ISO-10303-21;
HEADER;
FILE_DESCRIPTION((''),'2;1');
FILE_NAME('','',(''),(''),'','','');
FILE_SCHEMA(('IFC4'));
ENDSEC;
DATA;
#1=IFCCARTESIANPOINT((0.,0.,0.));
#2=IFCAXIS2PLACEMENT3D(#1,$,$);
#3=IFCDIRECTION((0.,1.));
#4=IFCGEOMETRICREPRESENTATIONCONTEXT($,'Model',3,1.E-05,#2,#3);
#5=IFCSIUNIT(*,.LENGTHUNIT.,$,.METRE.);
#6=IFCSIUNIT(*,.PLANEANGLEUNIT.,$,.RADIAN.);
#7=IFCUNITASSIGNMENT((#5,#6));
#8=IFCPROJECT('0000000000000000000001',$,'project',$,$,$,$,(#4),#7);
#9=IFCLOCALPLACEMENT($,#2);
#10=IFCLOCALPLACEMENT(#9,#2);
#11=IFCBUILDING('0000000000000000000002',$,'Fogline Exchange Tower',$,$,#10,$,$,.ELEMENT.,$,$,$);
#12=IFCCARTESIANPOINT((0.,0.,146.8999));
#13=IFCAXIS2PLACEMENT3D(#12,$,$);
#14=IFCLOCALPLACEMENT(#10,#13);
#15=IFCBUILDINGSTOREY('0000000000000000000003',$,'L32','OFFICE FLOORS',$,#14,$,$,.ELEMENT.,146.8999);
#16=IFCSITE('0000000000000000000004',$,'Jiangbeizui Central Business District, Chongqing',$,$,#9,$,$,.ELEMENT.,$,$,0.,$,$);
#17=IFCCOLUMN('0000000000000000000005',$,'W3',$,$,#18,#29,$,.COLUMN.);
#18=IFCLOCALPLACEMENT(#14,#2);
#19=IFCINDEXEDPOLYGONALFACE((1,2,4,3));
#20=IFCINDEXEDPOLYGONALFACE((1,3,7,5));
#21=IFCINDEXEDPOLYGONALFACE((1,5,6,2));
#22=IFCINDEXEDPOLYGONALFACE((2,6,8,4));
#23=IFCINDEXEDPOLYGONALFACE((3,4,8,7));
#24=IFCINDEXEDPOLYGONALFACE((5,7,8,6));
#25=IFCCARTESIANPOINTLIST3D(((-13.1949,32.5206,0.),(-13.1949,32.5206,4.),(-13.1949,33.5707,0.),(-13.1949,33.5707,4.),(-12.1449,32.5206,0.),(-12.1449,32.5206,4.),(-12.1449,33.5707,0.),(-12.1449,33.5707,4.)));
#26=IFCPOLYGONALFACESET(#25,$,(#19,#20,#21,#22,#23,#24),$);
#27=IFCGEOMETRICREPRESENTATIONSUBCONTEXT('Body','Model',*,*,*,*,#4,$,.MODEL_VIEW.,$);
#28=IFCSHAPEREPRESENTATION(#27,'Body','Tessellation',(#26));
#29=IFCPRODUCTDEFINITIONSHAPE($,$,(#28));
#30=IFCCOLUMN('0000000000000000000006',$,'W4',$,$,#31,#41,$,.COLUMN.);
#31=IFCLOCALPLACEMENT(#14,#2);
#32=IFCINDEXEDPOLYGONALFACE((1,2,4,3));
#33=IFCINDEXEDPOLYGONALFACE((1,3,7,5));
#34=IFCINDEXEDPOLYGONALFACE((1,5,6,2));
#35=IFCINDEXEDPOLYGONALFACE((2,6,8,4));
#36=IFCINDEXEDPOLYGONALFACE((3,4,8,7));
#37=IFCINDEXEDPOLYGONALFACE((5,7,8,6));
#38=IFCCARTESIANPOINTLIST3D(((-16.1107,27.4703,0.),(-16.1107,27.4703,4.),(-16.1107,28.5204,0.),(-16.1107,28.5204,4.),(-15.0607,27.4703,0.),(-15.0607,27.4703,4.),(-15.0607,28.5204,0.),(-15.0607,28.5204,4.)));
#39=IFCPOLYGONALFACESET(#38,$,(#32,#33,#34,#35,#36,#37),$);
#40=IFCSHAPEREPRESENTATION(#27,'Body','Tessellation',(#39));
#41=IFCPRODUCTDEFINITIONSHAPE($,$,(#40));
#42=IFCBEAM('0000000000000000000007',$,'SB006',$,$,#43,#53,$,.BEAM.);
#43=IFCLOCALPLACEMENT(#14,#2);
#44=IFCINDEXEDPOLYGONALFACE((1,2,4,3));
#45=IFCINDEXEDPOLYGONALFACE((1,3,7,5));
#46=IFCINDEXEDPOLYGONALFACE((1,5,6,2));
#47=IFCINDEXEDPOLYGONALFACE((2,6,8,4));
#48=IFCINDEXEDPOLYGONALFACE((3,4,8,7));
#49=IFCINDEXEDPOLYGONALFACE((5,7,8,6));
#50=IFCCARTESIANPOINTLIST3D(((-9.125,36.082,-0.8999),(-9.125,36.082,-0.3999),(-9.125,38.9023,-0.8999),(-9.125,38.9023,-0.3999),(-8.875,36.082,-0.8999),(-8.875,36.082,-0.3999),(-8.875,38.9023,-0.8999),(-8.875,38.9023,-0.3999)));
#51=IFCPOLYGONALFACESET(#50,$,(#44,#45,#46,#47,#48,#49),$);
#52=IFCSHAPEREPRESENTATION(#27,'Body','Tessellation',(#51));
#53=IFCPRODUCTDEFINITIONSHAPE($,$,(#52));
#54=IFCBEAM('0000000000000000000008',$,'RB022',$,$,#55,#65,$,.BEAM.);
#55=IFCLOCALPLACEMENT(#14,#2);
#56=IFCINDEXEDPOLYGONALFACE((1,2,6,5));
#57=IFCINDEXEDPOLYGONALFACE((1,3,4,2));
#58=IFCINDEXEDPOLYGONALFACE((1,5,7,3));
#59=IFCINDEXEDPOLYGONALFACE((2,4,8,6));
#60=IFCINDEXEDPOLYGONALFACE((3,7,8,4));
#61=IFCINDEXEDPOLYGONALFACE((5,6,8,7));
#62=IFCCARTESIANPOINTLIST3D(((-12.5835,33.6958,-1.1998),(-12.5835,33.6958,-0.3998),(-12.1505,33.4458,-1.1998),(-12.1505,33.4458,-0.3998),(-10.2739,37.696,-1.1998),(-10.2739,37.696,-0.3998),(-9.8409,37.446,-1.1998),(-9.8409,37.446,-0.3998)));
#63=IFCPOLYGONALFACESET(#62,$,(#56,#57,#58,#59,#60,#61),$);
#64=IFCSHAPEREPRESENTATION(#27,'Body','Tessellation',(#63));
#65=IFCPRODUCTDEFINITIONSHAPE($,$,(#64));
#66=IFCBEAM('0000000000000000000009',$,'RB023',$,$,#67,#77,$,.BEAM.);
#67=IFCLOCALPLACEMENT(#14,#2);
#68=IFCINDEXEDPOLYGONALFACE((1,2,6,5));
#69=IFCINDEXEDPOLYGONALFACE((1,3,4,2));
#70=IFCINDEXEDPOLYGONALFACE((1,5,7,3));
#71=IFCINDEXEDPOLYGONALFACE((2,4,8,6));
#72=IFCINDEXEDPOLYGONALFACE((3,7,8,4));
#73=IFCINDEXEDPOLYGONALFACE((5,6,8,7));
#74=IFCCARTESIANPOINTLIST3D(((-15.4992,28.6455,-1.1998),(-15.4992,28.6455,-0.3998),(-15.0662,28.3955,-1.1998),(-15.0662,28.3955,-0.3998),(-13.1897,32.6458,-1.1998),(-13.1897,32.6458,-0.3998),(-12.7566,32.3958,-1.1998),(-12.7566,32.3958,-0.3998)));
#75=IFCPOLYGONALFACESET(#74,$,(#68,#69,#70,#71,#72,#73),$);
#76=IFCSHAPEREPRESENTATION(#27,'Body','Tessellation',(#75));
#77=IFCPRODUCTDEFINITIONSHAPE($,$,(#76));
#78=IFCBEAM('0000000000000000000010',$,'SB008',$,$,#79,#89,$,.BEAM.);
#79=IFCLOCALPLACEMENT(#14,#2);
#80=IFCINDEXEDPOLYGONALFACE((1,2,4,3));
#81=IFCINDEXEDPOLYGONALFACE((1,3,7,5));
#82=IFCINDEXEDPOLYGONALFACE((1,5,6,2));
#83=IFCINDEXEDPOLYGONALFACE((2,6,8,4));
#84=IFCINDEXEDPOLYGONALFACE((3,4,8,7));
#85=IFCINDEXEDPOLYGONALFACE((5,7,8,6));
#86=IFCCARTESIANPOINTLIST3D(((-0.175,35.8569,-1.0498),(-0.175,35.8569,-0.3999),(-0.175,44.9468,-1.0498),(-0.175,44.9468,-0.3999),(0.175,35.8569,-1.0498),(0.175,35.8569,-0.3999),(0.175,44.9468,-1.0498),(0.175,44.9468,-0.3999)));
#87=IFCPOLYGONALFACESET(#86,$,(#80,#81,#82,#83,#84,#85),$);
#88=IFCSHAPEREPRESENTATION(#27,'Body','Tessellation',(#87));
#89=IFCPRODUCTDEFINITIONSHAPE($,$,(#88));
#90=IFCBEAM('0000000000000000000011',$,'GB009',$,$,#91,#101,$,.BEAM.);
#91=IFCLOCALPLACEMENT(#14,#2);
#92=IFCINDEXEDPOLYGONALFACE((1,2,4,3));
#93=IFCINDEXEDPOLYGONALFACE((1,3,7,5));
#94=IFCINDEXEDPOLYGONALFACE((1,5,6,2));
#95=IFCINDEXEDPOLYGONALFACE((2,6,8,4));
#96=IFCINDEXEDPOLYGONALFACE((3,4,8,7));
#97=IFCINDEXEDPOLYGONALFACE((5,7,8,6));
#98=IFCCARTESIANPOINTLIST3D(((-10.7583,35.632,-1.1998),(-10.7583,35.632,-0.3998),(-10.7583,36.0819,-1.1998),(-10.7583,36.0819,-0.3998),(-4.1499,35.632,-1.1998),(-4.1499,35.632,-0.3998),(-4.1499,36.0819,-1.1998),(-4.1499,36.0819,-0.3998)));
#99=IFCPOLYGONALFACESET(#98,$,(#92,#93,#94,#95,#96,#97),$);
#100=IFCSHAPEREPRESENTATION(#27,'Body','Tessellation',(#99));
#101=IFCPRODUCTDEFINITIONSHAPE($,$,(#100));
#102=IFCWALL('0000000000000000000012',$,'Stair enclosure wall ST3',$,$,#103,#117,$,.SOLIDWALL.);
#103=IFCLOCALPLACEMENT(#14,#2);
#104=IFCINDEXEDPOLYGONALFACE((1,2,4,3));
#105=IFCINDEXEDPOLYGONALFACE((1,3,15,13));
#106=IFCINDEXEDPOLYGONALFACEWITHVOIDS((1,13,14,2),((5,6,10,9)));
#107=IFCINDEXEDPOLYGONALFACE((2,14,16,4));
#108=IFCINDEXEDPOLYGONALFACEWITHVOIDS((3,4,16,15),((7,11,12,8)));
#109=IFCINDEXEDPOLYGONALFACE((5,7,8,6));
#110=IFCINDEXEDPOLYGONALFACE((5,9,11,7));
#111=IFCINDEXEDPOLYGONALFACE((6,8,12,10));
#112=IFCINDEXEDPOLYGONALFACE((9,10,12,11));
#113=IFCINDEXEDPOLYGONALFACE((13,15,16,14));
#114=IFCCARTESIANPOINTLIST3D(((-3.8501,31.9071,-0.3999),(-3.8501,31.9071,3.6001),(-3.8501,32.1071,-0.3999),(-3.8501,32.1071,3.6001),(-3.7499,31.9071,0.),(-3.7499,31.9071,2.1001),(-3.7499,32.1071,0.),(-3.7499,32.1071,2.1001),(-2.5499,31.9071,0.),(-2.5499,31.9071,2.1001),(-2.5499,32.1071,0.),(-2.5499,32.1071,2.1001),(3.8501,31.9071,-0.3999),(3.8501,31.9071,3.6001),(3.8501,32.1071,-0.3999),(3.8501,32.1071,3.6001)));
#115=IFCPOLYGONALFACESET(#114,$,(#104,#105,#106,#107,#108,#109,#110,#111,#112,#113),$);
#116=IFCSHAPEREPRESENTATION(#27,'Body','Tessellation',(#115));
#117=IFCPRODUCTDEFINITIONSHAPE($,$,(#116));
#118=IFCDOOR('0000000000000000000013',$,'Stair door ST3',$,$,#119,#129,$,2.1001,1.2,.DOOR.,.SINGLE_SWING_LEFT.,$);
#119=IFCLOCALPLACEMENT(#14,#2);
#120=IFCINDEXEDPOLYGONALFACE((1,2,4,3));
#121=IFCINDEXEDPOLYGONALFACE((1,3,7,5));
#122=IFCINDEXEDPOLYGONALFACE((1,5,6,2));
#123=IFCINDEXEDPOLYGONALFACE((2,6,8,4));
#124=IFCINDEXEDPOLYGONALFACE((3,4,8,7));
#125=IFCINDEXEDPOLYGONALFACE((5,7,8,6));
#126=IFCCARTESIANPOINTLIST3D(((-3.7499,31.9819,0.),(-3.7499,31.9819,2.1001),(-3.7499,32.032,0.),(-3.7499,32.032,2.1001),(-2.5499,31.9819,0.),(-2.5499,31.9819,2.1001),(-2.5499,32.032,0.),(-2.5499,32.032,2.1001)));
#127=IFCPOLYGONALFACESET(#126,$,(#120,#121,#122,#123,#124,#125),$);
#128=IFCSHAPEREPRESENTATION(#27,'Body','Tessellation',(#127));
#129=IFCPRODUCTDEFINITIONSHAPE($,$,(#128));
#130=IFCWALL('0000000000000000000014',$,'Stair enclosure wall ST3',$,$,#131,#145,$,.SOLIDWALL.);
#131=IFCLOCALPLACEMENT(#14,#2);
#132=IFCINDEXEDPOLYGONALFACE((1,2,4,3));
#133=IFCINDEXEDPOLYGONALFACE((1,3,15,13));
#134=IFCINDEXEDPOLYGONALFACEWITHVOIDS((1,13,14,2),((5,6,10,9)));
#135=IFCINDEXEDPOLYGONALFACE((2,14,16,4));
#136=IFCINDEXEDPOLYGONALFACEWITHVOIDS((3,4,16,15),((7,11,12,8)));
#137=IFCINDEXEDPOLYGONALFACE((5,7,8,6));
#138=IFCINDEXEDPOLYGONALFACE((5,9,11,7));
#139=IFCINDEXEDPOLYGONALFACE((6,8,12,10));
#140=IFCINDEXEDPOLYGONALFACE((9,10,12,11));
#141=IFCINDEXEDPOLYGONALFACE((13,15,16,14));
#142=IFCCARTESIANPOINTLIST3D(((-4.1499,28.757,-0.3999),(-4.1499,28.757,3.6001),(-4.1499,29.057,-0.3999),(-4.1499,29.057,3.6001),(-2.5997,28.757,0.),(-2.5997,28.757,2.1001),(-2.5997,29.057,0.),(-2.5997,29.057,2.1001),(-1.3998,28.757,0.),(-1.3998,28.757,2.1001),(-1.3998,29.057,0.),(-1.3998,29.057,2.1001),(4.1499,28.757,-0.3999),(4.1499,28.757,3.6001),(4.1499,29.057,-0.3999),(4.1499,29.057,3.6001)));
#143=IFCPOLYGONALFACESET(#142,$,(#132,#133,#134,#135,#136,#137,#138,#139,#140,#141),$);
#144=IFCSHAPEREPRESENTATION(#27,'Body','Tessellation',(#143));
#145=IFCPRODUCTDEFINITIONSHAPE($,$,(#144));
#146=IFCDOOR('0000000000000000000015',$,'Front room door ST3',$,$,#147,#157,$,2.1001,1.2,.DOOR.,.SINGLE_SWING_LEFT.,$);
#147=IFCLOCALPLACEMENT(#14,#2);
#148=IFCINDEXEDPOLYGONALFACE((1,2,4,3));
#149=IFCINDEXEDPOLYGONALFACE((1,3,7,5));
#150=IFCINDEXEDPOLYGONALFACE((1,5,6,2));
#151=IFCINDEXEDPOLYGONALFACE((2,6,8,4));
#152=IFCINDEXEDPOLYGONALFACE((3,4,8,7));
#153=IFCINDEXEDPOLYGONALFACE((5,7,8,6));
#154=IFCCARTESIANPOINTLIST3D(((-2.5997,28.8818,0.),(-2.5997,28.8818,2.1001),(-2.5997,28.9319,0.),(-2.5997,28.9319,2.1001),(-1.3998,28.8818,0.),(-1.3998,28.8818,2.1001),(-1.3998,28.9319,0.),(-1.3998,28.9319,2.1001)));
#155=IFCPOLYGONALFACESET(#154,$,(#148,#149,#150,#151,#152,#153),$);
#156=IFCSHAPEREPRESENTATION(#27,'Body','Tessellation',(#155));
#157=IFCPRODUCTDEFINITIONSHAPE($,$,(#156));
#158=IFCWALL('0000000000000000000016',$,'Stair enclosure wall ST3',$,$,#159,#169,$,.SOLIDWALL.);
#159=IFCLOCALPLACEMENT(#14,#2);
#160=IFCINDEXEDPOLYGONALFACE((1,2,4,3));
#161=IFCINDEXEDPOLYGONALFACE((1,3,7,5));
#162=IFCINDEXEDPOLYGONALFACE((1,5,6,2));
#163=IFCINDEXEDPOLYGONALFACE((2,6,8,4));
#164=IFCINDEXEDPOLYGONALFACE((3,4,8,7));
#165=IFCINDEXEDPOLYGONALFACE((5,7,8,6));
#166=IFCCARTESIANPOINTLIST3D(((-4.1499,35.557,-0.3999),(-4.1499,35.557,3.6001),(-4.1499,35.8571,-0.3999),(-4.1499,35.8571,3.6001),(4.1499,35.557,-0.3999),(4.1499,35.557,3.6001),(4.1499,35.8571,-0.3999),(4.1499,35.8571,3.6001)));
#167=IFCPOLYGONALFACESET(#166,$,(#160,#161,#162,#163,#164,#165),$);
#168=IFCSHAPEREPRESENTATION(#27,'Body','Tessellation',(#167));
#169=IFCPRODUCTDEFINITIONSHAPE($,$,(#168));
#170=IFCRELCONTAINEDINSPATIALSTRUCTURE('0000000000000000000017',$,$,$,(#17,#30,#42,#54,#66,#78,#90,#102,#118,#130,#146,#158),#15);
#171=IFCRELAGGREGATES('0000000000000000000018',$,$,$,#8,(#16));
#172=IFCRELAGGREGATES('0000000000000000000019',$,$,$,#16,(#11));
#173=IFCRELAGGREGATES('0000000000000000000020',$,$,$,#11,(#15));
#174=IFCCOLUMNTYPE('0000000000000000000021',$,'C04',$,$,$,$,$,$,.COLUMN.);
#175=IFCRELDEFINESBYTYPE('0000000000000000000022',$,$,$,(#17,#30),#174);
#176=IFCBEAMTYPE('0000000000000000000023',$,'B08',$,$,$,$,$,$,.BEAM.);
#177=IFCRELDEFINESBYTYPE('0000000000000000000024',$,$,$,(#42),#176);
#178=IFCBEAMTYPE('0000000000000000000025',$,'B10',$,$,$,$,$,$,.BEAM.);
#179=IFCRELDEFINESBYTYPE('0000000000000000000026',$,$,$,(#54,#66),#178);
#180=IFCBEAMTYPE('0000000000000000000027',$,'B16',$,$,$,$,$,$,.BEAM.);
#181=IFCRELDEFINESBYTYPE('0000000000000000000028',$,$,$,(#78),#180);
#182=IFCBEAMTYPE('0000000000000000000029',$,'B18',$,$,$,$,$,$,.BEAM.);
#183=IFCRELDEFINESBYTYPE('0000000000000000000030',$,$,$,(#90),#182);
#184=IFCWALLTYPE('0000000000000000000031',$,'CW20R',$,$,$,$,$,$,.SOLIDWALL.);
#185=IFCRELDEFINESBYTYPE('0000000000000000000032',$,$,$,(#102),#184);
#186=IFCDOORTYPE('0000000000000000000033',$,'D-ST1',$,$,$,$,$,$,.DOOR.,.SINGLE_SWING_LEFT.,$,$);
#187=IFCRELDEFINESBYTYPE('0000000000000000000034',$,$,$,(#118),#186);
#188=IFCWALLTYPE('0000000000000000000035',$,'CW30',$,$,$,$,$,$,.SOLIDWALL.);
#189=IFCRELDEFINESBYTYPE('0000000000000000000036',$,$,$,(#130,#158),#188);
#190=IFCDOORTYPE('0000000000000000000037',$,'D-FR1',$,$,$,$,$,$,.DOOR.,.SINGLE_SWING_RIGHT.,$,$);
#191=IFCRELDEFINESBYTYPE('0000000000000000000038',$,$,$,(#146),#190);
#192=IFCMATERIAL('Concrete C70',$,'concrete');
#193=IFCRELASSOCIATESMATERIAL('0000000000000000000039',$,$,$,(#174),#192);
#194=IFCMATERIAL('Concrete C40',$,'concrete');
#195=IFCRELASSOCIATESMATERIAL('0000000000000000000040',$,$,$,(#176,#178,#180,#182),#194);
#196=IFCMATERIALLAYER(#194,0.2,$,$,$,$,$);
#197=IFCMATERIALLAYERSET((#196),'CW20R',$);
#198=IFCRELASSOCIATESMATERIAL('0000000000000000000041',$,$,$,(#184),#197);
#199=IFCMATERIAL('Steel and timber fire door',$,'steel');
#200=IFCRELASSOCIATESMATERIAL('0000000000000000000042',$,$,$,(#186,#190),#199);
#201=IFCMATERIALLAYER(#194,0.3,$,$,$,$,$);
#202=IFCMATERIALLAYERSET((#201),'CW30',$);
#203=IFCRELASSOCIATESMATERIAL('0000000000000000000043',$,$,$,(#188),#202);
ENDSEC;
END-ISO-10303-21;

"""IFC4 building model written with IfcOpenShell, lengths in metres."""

from ifc_helpers import new_model, si_unit, direction, frame, frame_2d, origin, origin_2d, place, context, subcontext, project, spatial, rectangle, extrude, material, layer, layer_set, material_profile, profile_set, type_object, element, fill, save


model = new_model("IFC4")

# Units and contexts
model_context = context("Model", 3, precision=1e-05, world=origin(), true_north=direction((0.0, 1.0)))
body_context = subcontext(model_context, "Body", "Model", "MODEL_VIEW")
ifc_project = project(units=[si_unit("LENGTHUNIT", "METRE"), si_unit("PLANEANGLEUNIT", "RADIAN")], contexts=[model_context])

# Site, building, storey
site_placement = place(None, origin())
site = spatial("IfcSite", under=ifc_project, at=site_placement, Name="Jiangbeizui Central Business District, Chongqing", CompositionType="ELEMENT", RefElevation=0.0)
building_placement = place(site_placement, origin())
building = spatial("IfcBuilding", under=site, at=building_placement, Name="Fogline Exchange Tower", CompositionType="ELEMENT")
storey_placement = place(building_placement, frame((0.0, 0.0, 146.8999)))
storey = spatial("IfcBuildingStorey", under=building, at=storey_placement, Name="L32", Description="OFFICE FLOORS", CompositionType="ELEMENT", Elevation=146.8999)

# Columns
ifc_material_1 = material(Name="Concrete C70", Category="concrete")
ifc_material_profile_1 = material_profile(ifc_material_1, rectangle(XDim=1.05, YDim=1.05, at=origin_2d()), Name="RC 1050x1050")
ifc_profile_set_1 = profile_set([ifc_material_profile_1], Name="Concrete C70")
column_type = type_object("IfcColumnType", Name="C04", PredefinedType="COLUMN", material=ifc_profile_set_1)
for number, where, z_axis, x_axis, name in (
    (1, (-12.6699, 33.0457, 0.0), (0.0, 0.0, 1.0), (1.0, 0.0, 0.0), "W3"),
    (2, (-15.5857, 27.9954, 0.0), (0.0, 0.0, 1.0), (1.0, 0.0, 0.0), "W4"),
):
    element("IfcColumn", number, at=place(storey_placement, frame(where, z_axis=z_axis, x_axis=x_axis)), inside=storey, type_object=column_type, Name=name, PredefinedType="COLUMN", context=body_context, shape_type="SweptSolid", body=[
        extrude(rectangle(XDim=1.05, YDim=1.05, at=origin_2d()), origin(), (0.0, 0.0, 1.0), 4.0),
    ])

# Beams
ifc_material_2 = material(Name="Concrete C40", Category="concrete")
ifc_material_profile_2 = material_profile(ifc_material_2, rectangle(XDim=0.25, YDim=0.5, at=origin_2d()), Name="RC 250x500")
ifc_profile_set_2 = profile_set([ifc_material_profile_2], Name="Concrete C40")
beam_type_1 = type_object("IfcBeamType", Name="B08", PredefinedType="BEAM", material=ifc_profile_set_2)
beam_1_placement = place(storey_placement, frame((-9.0, 36.082, -0.6499), z_axis=(0.0, 1.0, 0.0), x_axis=(-1.0, 0.0, 0.0)))
element("IfcBeam", 3, at=beam_1_placement, inside=storey, type_object=beam_type_1, Name="SB006", PredefinedType="BEAM", context=body_context, shape_type="SweptSolid", body=[
    extrude(rectangle(XDim=0.25, YDim=0.5, at=origin_2d()), origin(), (0.0, 0.0, 1.0), 2.8203),
])
ifc_material_profile_3 = material_profile(ifc_material_2, rectangle(XDim=0.5, YDim=0.8, at=origin_2d()), Name="RC 500x800")
ifc_profile_set_3 = profile_set([ifc_material_profile_3], Name="Concrete C40")
beam_type_2 = type_object("IfcBeamType", Name="B10", PredefinedType="BEAM", material=ifc_profile_set_3)
for number, where, z_axis, x_axis, name in (
    (4, (-10.0574, 37.571, -0.7998), (-0.500005, -0.866023, 0.0), (0.866023, -0.500005, 0.0), "RB022"),
    (5, (-12.9731, 32.5208, -0.7998), (-0.500005, -0.866023, 0.0), (0.866023, -0.500005, 0.0), "RB023"),
):
    element("IfcBeam", number, at=place(storey_placement, frame(where, z_axis=z_axis, x_axis=x_axis)), inside=storey, type_object=beam_type_2, Name=name, PredefinedType="BEAM", context=body_context, shape_type="SweptSolid", body=[
        extrude(rectangle(XDim=0.5, YDim=0.8, at=origin_2d()), origin(), (0.0, 0.0, 1.0), 4.6191),
    ])
ifc_material_profile_4 = material_profile(ifc_material_2, rectangle(XDim=0.3501, YDim=0.6499, at=origin_2d()), Name="RC 350x650")
ifc_profile_set_4 = profile_set([ifc_material_profile_4], Name="Concrete C40")
beam_type_3 = type_object("IfcBeamType", Name="B16", PredefinedType="BEAM", material=ifc_profile_set_4)
beam_2_placement = place(storey_placement, frame((0.0, 35.8569, -0.7249), z_axis=(0.0, 1.0, 0.0), x_axis=(-1.0, 0.0, 0.0)))
element("IfcBeam", 6, at=beam_2_placement, inside=storey, type_object=beam_type_3, Name="SB008", PredefinedType="BEAM", context=body_context, shape_type="SweptSolid", body=[
    extrude(rectangle(XDim=0.3501, YDim=0.6499, at=origin_2d()), origin(), (0.0, 0.0, 1.0), 9.0898),
])
ifc_material_profile_5 = material_profile(ifc_material_2, rectangle(XDim=0.45, YDim=0.8, at=origin_2d()), Name="RC 450x800")
ifc_profile_set_5 = profile_set([ifc_material_profile_5], Name="Concrete C40")
beam_type_4 = type_object("IfcBeamType", Name="B18", PredefinedType="BEAM", material=ifc_profile_set_5)
beam_3_placement = place(storey_placement, frame((-10.7583, 35.8569, -0.7998), z_axis=(1.0, 0.0, 0.0), x_axis=(0.0, 1.0, 0.0)))
element("IfcBeam", 7, at=beam_3_placement, inside=storey, type_object=beam_type_4, Name="GB009", PredefinedType="BEAM", context=body_context, shape_type="SweptSolid", body=[
    extrude(rectangle(XDim=0.45, YDim=0.8, at=origin_2d()), origin(), (0.0, 0.0, 1.0), 6.6084),
])

# Walls, openings, doors
ifc_layer_1 = layer(ifc_material_2, 0.2)
ifc_layer_set_1 = layer_set([ifc_layer_1], Name="CW20R")
wall_type_1 = type_object("IfcWallType", Name="CW20R", PredefinedType="SOLIDWALL", material=ifc_layer_set_1)
wall_1_placement = place(storey_placement, frame((-3.8501, 32.0071, -0.3999), z_axis=(0.0, 0.0, 1.0), x_axis=(1.0, 0.0, 0.0)))
wall_1 = element("IfcWall", 8, at=wall_1_placement, inside=storey, type_object=wall_type_1, Name="Stair enclosure wall ST3", PredefinedType="SOLIDWALL", context=body_context, shape_type="SweptSolid", body=[
    extrude(rectangle(XDim=7.7002, YDim=0.2, at=frame_2d((3.8501, 0.0))), origin(), (0.0, 0.0, 1.0), 4.0),
])
opening_1_placement = place(wall_1_placement, frame((0.1001, 0.0, 0.3999)))
opening_1 = element("IfcOpeningElement", 9, at=opening_1_placement, cuts=wall_1, PredefinedType="OPENING", context=body_context, shape_type="SweptSolid", body=[
    extrude(rectangle(XDim=1.2, YDim=2.1001, at=frame_2d((0.6001, 1.05))), frame((0.0, 0.1099, 0.0), z_axis=(0.0, -1.0, 0.0), x_axis=(1.0, 0.0, 0.0)), (0.0, 0.0, 1.0), 0.22),
])
ifc_material_3 = material(Name="Steel and timber fire door", Category="steel")
door_type_1 = type_object("IfcDoorType", Name="D-ST1", OperationType="SINGLE_SWING_LEFT", PredefinedType="DOOR", material=ifc_material_3)
door_1_placement = place(opening_1_placement, origin())
door_1 = element("IfcDoor", 10, at=door_1_placement, inside=storey, type_object=door_type_1, Name="Stair door ST3", OperationType="SINGLE_SWING_LEFT", OverallHeight=2.1001, OverallWidth=1.2, PredefinedType="DOOR", context=body_context, shape_type="SweptSolid", body=[
    extrude(rectangle(XDim=1.2, YDim=2.1001, at=frame_2d((0.6001, 1.05))), frame((0.0, 0.0249, 0.0), z_axis=(0.0, -1.0, 0.0), x_axis=(1.0, 0.0, 0.0)), (0.0, 0.0, 1.0), 0.05),
])
fill(opening_1, door_1)
ifc_layer_2 = layer(ifc_material_2, 0.3)
ifc_layer_set_2 = layer_set([ifc_layer_2], Name="CW30")
wall_type_2 = type_object("IfcWallType", Name="CW30", PredefinedType="SOLIDWALL", material=ifc_layer_set_2)
wall_2_placement = place(storey_placement, frame((-4.1499, 28.907, -0.3999), z_axis=(0.0, 0.0, 1.0), x_axis=(1.0, 0.0, 0.0)))
wall_2 = element("IfcWall", 11, at=wall_2_placement, inside=storey, type_object=wall_type_2, Name="Stair enclosure wall ST3", PredefinedType="SOLIDWALL", context=body_context, shape_type="SweptSolid", body=[
    extrude(rectangle(XDim=8.2998, YDim=0.3, at=frame_2d((4.1499, 0.0))), origin(), (0.0, 0.0, 1.0), 4.0),
])
opening_2_placement = place(wall_2_placement, frame((1.55, 0.0, 0.3999)))
opening_2 = element("IfcOpeningElement", 12, at=opening_2_placement, cuts=wall_2, PredefinedType="OPENING", context=body_context, shape_type="SweptSolid", body=[
    extrude(rectangle(XDim=1.2, YDim=2.1001, at=frame_2d((0.6001, 1.05))), frame((0.0, 0.1602, 0.0), z_axis=(0.0, -1.0, 0.0), x_axis=(1.0, 0.0, 0.0)), (0.0, 0.0, 1.0), 0.3201),
])
door_type_2 = type_object("IfcDoorType", Name="D-FR1", OperationType="SINGLE_SWING_RIGHT", PredefinedType="DOOR", material=ifc_material_3)
door_2_placement = place(opening_2_placement, origin())
door_2 = element("IfcDoor", 13, at=door_2_placement, inside=storey, type_object=door_type_2, Name="Front room door ST3", OperationType="SINGLE_SWING_LEFT", OverallHeight=2.1001, OverallWidth=1.2, PredefinedType="DOOR", context=body_context, shape_type="SweptSolid", body=[
    extrude(rectangle(XDim=1.2, YDim=2.1001, at=frame_2d((0.6001, 1.05))), frame((0.0, 0.0249, 0.0), z_axis=(0.0, -1.0, 0.0), x_axis=(1.0, 0.0, 0.0)), (0.0, 0.0, 1.0), 0.05),
])
fill(opening_2, door_2)

# Wall
wall_3_placement = place(storey_placement, frame((-4.1499, 35.707, -0.3999), z_axis=(0.0, 0.0, 1.0), x_axis=(1.0, 0.0, 0.0)))
element("IfcWall", 14, at=wall_3_placement, inside=storey, type_object=wall_type_2, Name="Stair enclosure wall ST3", PredefinedType="SOLIDWALL", context=body_context, shape_type="SweptSolid", body=[
    extrude(rectangle(XDim=8.2998, YDim=0.3, at=frame_2d((4.1499, 0.0))), origin(), (0.0, 0.0, 1.0), 4.0),
])

save(model, "model.ifc")
